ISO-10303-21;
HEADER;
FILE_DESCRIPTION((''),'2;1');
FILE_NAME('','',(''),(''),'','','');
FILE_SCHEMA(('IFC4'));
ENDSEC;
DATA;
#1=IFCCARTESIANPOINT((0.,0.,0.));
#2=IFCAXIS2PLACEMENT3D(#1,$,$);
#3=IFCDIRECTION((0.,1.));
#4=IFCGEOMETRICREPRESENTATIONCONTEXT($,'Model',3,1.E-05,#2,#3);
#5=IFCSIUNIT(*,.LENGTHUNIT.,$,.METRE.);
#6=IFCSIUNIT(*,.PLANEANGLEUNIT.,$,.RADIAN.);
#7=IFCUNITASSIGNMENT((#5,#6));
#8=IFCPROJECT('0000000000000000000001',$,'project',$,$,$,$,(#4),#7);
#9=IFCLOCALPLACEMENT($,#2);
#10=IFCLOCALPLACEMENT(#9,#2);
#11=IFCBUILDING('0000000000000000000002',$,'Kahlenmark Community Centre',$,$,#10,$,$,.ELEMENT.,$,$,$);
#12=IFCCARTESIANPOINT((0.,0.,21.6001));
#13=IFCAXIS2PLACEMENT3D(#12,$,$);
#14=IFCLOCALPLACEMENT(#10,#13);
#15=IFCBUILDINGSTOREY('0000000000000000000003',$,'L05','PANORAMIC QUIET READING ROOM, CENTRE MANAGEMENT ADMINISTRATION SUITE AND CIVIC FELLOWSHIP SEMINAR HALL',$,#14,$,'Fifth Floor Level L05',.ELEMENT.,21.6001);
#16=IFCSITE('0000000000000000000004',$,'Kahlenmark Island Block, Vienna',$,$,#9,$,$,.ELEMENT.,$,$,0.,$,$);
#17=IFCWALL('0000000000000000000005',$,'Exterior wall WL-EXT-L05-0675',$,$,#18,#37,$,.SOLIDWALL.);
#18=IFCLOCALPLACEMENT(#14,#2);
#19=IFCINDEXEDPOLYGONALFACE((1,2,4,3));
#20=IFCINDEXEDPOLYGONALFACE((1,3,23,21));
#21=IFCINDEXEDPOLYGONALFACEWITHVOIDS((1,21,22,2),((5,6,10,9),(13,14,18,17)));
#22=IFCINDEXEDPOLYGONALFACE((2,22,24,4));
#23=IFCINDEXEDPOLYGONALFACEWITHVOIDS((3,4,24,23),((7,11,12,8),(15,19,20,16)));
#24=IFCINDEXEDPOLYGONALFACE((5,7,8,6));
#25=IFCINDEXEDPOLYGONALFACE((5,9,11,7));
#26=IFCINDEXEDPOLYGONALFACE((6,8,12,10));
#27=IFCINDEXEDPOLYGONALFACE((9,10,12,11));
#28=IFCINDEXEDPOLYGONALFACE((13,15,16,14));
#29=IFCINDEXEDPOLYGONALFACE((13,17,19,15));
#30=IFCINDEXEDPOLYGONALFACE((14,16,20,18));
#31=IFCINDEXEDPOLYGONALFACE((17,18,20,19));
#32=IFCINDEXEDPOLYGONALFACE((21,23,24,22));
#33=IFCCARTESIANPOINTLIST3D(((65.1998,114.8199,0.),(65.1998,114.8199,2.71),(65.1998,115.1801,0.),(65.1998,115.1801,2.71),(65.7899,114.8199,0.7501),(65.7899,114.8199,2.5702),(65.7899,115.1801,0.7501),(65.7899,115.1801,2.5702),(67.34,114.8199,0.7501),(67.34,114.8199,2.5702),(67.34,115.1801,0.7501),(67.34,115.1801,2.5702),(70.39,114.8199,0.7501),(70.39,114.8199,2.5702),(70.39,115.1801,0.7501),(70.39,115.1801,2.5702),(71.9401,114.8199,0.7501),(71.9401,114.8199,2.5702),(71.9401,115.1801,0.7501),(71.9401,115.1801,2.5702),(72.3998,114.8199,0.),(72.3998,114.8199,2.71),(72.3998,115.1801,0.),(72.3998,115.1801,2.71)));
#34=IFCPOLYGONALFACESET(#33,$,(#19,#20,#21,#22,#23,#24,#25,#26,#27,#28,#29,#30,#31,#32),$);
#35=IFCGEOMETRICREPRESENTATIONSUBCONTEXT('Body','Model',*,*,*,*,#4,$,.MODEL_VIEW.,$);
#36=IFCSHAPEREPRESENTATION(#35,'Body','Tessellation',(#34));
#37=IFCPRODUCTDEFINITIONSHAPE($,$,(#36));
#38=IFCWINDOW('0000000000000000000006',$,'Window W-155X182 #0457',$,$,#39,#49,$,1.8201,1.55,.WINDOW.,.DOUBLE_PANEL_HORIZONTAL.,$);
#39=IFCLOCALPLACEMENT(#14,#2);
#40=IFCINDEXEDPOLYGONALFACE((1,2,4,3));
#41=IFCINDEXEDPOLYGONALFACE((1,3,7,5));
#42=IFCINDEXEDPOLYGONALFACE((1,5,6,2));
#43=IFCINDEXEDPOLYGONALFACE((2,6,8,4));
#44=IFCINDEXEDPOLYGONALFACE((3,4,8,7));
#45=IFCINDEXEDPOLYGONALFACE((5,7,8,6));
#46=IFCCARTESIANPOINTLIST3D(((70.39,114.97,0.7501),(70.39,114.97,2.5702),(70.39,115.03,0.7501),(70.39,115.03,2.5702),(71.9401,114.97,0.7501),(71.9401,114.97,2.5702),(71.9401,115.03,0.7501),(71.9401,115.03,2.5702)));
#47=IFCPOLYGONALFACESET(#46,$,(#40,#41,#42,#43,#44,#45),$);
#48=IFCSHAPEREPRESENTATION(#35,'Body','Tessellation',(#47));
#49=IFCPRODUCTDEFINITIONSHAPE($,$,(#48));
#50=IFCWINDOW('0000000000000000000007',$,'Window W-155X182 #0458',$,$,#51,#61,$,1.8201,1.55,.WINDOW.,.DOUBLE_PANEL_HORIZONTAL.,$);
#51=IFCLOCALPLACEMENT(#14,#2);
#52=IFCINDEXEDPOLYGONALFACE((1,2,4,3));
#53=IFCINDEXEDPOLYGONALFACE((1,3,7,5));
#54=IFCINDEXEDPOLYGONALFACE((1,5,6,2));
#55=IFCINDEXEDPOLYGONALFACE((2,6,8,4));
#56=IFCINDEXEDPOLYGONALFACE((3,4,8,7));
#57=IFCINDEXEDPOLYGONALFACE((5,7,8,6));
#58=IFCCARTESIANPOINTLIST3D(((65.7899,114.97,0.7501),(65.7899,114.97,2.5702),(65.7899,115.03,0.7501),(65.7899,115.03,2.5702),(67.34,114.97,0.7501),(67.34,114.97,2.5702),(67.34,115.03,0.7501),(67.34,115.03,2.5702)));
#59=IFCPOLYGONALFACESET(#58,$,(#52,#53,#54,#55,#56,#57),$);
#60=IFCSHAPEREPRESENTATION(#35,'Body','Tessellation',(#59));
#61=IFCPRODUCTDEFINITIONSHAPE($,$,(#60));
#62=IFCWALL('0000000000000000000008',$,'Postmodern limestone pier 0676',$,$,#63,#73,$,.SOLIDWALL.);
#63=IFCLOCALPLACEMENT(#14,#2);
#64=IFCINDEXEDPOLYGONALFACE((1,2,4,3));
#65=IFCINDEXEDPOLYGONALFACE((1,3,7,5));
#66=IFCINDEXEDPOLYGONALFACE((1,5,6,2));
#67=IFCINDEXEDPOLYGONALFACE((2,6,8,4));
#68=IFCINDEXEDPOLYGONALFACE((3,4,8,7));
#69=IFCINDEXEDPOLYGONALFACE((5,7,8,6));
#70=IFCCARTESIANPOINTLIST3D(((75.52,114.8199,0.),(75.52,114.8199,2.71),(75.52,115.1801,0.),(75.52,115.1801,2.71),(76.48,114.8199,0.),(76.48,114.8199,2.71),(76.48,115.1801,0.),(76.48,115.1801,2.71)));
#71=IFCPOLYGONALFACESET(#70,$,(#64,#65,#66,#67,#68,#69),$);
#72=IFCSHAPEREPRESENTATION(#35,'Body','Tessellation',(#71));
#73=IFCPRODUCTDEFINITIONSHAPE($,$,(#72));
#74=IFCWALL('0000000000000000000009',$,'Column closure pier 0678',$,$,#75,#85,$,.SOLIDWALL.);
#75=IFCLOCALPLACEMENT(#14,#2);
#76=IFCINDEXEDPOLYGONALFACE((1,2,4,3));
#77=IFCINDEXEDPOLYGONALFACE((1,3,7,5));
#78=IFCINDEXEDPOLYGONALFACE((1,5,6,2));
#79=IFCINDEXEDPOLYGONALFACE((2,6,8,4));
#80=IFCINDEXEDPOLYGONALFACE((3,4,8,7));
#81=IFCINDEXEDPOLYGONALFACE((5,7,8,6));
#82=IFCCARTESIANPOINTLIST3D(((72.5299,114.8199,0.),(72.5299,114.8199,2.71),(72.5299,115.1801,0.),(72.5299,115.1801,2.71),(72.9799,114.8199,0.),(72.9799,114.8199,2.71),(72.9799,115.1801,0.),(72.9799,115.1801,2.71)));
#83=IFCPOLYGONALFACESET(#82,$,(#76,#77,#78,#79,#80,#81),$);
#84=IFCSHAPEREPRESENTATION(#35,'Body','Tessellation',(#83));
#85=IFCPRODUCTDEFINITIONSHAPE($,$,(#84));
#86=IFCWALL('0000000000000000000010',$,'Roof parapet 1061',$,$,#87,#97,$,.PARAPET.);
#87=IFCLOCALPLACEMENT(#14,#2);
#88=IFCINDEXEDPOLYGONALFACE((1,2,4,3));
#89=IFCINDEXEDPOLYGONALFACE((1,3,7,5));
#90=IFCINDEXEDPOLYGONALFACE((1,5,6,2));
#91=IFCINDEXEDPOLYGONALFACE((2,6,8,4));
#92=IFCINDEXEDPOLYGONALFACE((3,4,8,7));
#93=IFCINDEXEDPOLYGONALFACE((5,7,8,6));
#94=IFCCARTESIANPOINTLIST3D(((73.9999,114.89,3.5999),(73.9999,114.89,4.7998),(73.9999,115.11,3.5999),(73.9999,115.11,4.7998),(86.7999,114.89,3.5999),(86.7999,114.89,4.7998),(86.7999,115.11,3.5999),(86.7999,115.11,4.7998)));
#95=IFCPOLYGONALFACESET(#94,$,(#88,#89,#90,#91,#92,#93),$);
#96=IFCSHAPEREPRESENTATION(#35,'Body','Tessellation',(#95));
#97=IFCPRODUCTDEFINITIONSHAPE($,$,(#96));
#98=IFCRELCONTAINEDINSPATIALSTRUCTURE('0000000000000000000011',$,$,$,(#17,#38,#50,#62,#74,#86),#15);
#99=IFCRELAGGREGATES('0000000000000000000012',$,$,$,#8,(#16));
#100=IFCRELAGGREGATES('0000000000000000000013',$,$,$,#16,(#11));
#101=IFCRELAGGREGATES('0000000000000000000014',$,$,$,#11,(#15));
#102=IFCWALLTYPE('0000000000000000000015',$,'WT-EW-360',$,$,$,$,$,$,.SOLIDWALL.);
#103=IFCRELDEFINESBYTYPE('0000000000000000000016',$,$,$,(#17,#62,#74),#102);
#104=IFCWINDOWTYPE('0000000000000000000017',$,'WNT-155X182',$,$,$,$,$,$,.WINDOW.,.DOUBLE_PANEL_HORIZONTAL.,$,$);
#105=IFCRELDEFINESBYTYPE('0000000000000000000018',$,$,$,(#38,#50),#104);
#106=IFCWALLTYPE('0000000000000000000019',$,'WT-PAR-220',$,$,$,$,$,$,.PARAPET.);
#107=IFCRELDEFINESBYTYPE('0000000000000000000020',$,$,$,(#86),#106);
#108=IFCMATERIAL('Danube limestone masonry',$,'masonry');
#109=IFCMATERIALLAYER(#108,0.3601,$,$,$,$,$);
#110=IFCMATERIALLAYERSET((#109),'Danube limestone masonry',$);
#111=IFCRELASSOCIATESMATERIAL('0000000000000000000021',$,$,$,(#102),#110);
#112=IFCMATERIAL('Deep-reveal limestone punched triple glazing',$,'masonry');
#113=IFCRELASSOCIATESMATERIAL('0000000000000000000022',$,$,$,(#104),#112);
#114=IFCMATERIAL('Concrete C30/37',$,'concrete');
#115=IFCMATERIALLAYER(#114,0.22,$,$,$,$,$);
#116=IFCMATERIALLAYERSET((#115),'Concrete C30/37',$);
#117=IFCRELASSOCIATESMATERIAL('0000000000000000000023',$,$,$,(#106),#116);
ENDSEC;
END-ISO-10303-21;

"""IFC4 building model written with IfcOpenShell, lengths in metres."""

from ifc_helpers import new_model, si_unit, direction, frame, frame_2d, origin, place, context, subcontext, project, spatial, rectangle, extrude, material, layer, layer_set, type_object, element, fill, save


model = new_model("IFC4")

# Units and contexts
model_context = context("Model", 3, precision=1e-05, world=origin(), true_north=direction((0.0, 1.0)))
body_context = subcontext(model_context, "Body", "Model", "MODEL_VIEW")
ifc_project = project(units=[si_unit("LENGTHUNIT", "METRE"), si_unit("PLANEANGLEUNIT", "RADIAN")], contexts=[model_context])

# Site, building, storey
site_placement = place(None, origin())
site = spatial("IfcSite", under=ifc_project, at=site_placement, Name="Kahlenmark Island Block, Vienna", CompositionType="ELEMENT", RefElevation=0.0)
building_placement = place(site_placement, origin())
building = spatial("IfcBuilding", under=site, at=building_placement, Name="Kahlenmark Community Centre", CompositionType="ELEMENT")
storey_placement = place(building_placement, frame((0.0, 0.0, 21.6001)))
storey = spatial("IfcBuildingStorey", under=building, at=storey_placement, Name="L05", Description="PANORAMIC QUIET READING ROOM, CENTRE MANAGEMENT ADMINISTRATION SUITE AND CIVIC FELLOWSHIP SEMINAR HALL", LongName="Fifth Floor Level L05", CompositionType="ELEMENT", Elevation=21.6001)

# Wall, openings, windows
ifc_material_1 = material(Name="Danube limestone masonry", Category="masonry")
ifc_layer_1 = layer(ifc_material_1, 0.3601)
ifc_layer_set_1 = layer_set([ifc_layer_1], Name="Danube limestone masonry")
wall_type_1 = type_object("IfcWallType", Name="WT-EW-360", PredefinedType="SOLIDWALL", material=ifc_layer_set_1)
wall_1_placement = place(storey_placement, frame((72.3999, 115.0, 0.0), z_axis=(0.0, 0.0, 1.0), x_axis=(-1.0, 0.0, 0.0)))
wall_1 = element("IfcWall", 1, at=wall_1_placement, inside=storey, type_object=wall_type_1, Name="Exterior wall WL-EXT-L05-0675", PredefinedType="SOLIDWALL", context=body_context, shape_type="SweptSolid", body=[
    extrude(rectangle(XDim=7.2, YDim=0.3601, at=frame_2d((3.6001, 0.0))), origin(), (0.0, 0.0, 1.0), 2.71),
])
opening_1_placement = place(wall_1_placement, frame((0.46, 0.0, 0.75)))
opening_1 = element("IfcOpeningElement", 2, at=opening_1_placement, cuts=wall_1, PredefinedType="OPENING", context=body_context, shape_type="SweptSolid", body=[
    extrude(rectangle(XDim=1.55, YDim=1.8201, at=frame_2d((0.7749, 0.9102))), frame((0.0, 0.1899, 0.0), z_axis=(0.0, -1.0, 0.0), x_axis=(1.0, 0.0, 0.0)), (0.0, 0.0, 1.0), 0.3801),
])
opening_2_placement = place(wall_1_placement, frame((5.0601, 0.0, 0.75)))
opening_2 = element("IfcOpeningElement", 3, at=opening_2_placement, cuts=wall_1, PredefinedType="OPENING", context=body_context, shape_type="SweptSolid", body=[
    extrude(rectangle(XDim=1.55, YDim=1.8201, at=frame_2d((0.7749, 0.9102))), frame((0.0, 0.1899, 0.0), z_axis=(0.0, -1.0, 0.0), x_axis=(1.0, 0.0, 0.0)), (0.0, 0.0, 1.0), 0.3801),
])
ifc_material_2 = material(Name="Deep-reveal limestone punched triple glazing", Category="masonry")
window_type = type_object("IfcWindowType", Name="WNT-155X182", PartitioningType="DOUBLE_PANEL_HORIZONTAL", PredefinedType="WINDOW", material=ifc_material_2)
window_1_placement = place(opening_1_placement, origin())
window_1 = element("IfcWindow", 4, at=window_1_placement, inside=storey, type_object=window_type, Name="Window W-155X182 #0457", OverallHeight=1.8201, OverallWidth=1.55, PartitioningType="DOUBLE_PANEL_HORIZONTAL", PredefinedType="WINDOW", context=body_context, shape_type="SweptSolid", body=[
    extrude(rectangle(XDim=1.55, YDim=1.8201, at=frame_2d((0.7749, 0.9102))), frame((0.0, 0.03, 0.0), z_axis=(0.0, -1.0, 0.0), x_axis=(1.0, 0.0, 0.0)), (0.0, 0.0, 1.0), 0.0601),
])
fill(opening_1, window_1)
window_2_placement = place(opening_2_placement, origin())
window_2 = element("IfcWindow", 5, at=window_2_placement, inside=storey, type_object=window_type, Name="Window W-155X182 #0458", OverallHeight=1.8201, OverallWidth=1.55, PartitioningType="DOUBLE_PANEL_HORIZONTAL", PredefinedType="WINDOW", context=body_context, shape_type="SweptSolid", body=[
    extrude(rectangle(XDim=1.55, YDim=1.8201, at=frame_2d((0.7749, 0.9102))), frame((0.0, 0.03, 0.0), z_axis=(0.0, -1.0, 0.0), x_axis=(1.0, 0.0, 0.0)), (0.0, 0.0, 1.0), 0.0601),
])
fill(opening_2, window_2)

# Walls
wall_2_placement = place(storey_placement, frame((76.48, 115.0, 0.0), z_axis=(0.0, 0.0, 1.0), x_axis=(-1.0, 0.0, 0.0)))
element("IfcWall", 6, at=wall_2_placement, inside=storey, type_object=wall_type_1, Name="Postmodern limestone pier 0676", PredefinedType="SOLIDWALL", context=body_context, shape_type="SweptSolid", body=[
    extrude(rectangle(XDim=0.96, YDim=0.3601, at=frame_2d((0.48, 0.0))), origin(), (0.0, 0.0, 1.0), 2.71),
])
wall_3_placement = place(storey_placement, frame((72.98, 115.0, 0.0), z_axis=(0.0, 0.0, 1.0), x_axis=(-1.0, 0.0, 0.0)))
element("IfcWall", 7, at=wall_3_placement, inside=storey, type_object=wall_type_1, Name="Column closure pier 0678", PredefinedType="SOLIDWALL", context=body_context, shape_type="SweptSolid", body=[
    extrude(rectangle(XDim=0.45, YDim=0.3601, at=frame_2d((0.2251, 0.0))), origin(), (0.0, 0.0, 1.0), 2.71),
])
ifc_material_3 = material(Name="Concrete C30/37", Category="concrete")
ifc_layer_2 = layer(ifc_material_3, 0.22)
ifc_layer_set_2 = layer_set([ifc_layer_2], Name="Concrete C30/37")
wall_type_2 = type_object("IfcWallType", Name="WT-PAR-220", PredefinedType="PARAPET", material=ifc_layer_set_2)
wall_4_placement = place(storey_placement, frame((74.0, 115.0, 3.5999), z_axis=(0.0, 0.0, 1.0), x_axis=(1.0, 0.0, 0.0)))
element("IfcWall", 8, at=wall_4_placement, inside=storey, type_object=wall_type_2, Name="Roof parapet 1061", PredefinedType="PARAPET", context=body_context, shape_type="SweptSolid", body=[
    extrude(rectangle(XDim=12.8, YDim=0.22, at=frame_2d((6.3999, 0.0))), origin(), (0.0, 0.0, 1.0), 1.2),
])

save(model, "model.ifc")
